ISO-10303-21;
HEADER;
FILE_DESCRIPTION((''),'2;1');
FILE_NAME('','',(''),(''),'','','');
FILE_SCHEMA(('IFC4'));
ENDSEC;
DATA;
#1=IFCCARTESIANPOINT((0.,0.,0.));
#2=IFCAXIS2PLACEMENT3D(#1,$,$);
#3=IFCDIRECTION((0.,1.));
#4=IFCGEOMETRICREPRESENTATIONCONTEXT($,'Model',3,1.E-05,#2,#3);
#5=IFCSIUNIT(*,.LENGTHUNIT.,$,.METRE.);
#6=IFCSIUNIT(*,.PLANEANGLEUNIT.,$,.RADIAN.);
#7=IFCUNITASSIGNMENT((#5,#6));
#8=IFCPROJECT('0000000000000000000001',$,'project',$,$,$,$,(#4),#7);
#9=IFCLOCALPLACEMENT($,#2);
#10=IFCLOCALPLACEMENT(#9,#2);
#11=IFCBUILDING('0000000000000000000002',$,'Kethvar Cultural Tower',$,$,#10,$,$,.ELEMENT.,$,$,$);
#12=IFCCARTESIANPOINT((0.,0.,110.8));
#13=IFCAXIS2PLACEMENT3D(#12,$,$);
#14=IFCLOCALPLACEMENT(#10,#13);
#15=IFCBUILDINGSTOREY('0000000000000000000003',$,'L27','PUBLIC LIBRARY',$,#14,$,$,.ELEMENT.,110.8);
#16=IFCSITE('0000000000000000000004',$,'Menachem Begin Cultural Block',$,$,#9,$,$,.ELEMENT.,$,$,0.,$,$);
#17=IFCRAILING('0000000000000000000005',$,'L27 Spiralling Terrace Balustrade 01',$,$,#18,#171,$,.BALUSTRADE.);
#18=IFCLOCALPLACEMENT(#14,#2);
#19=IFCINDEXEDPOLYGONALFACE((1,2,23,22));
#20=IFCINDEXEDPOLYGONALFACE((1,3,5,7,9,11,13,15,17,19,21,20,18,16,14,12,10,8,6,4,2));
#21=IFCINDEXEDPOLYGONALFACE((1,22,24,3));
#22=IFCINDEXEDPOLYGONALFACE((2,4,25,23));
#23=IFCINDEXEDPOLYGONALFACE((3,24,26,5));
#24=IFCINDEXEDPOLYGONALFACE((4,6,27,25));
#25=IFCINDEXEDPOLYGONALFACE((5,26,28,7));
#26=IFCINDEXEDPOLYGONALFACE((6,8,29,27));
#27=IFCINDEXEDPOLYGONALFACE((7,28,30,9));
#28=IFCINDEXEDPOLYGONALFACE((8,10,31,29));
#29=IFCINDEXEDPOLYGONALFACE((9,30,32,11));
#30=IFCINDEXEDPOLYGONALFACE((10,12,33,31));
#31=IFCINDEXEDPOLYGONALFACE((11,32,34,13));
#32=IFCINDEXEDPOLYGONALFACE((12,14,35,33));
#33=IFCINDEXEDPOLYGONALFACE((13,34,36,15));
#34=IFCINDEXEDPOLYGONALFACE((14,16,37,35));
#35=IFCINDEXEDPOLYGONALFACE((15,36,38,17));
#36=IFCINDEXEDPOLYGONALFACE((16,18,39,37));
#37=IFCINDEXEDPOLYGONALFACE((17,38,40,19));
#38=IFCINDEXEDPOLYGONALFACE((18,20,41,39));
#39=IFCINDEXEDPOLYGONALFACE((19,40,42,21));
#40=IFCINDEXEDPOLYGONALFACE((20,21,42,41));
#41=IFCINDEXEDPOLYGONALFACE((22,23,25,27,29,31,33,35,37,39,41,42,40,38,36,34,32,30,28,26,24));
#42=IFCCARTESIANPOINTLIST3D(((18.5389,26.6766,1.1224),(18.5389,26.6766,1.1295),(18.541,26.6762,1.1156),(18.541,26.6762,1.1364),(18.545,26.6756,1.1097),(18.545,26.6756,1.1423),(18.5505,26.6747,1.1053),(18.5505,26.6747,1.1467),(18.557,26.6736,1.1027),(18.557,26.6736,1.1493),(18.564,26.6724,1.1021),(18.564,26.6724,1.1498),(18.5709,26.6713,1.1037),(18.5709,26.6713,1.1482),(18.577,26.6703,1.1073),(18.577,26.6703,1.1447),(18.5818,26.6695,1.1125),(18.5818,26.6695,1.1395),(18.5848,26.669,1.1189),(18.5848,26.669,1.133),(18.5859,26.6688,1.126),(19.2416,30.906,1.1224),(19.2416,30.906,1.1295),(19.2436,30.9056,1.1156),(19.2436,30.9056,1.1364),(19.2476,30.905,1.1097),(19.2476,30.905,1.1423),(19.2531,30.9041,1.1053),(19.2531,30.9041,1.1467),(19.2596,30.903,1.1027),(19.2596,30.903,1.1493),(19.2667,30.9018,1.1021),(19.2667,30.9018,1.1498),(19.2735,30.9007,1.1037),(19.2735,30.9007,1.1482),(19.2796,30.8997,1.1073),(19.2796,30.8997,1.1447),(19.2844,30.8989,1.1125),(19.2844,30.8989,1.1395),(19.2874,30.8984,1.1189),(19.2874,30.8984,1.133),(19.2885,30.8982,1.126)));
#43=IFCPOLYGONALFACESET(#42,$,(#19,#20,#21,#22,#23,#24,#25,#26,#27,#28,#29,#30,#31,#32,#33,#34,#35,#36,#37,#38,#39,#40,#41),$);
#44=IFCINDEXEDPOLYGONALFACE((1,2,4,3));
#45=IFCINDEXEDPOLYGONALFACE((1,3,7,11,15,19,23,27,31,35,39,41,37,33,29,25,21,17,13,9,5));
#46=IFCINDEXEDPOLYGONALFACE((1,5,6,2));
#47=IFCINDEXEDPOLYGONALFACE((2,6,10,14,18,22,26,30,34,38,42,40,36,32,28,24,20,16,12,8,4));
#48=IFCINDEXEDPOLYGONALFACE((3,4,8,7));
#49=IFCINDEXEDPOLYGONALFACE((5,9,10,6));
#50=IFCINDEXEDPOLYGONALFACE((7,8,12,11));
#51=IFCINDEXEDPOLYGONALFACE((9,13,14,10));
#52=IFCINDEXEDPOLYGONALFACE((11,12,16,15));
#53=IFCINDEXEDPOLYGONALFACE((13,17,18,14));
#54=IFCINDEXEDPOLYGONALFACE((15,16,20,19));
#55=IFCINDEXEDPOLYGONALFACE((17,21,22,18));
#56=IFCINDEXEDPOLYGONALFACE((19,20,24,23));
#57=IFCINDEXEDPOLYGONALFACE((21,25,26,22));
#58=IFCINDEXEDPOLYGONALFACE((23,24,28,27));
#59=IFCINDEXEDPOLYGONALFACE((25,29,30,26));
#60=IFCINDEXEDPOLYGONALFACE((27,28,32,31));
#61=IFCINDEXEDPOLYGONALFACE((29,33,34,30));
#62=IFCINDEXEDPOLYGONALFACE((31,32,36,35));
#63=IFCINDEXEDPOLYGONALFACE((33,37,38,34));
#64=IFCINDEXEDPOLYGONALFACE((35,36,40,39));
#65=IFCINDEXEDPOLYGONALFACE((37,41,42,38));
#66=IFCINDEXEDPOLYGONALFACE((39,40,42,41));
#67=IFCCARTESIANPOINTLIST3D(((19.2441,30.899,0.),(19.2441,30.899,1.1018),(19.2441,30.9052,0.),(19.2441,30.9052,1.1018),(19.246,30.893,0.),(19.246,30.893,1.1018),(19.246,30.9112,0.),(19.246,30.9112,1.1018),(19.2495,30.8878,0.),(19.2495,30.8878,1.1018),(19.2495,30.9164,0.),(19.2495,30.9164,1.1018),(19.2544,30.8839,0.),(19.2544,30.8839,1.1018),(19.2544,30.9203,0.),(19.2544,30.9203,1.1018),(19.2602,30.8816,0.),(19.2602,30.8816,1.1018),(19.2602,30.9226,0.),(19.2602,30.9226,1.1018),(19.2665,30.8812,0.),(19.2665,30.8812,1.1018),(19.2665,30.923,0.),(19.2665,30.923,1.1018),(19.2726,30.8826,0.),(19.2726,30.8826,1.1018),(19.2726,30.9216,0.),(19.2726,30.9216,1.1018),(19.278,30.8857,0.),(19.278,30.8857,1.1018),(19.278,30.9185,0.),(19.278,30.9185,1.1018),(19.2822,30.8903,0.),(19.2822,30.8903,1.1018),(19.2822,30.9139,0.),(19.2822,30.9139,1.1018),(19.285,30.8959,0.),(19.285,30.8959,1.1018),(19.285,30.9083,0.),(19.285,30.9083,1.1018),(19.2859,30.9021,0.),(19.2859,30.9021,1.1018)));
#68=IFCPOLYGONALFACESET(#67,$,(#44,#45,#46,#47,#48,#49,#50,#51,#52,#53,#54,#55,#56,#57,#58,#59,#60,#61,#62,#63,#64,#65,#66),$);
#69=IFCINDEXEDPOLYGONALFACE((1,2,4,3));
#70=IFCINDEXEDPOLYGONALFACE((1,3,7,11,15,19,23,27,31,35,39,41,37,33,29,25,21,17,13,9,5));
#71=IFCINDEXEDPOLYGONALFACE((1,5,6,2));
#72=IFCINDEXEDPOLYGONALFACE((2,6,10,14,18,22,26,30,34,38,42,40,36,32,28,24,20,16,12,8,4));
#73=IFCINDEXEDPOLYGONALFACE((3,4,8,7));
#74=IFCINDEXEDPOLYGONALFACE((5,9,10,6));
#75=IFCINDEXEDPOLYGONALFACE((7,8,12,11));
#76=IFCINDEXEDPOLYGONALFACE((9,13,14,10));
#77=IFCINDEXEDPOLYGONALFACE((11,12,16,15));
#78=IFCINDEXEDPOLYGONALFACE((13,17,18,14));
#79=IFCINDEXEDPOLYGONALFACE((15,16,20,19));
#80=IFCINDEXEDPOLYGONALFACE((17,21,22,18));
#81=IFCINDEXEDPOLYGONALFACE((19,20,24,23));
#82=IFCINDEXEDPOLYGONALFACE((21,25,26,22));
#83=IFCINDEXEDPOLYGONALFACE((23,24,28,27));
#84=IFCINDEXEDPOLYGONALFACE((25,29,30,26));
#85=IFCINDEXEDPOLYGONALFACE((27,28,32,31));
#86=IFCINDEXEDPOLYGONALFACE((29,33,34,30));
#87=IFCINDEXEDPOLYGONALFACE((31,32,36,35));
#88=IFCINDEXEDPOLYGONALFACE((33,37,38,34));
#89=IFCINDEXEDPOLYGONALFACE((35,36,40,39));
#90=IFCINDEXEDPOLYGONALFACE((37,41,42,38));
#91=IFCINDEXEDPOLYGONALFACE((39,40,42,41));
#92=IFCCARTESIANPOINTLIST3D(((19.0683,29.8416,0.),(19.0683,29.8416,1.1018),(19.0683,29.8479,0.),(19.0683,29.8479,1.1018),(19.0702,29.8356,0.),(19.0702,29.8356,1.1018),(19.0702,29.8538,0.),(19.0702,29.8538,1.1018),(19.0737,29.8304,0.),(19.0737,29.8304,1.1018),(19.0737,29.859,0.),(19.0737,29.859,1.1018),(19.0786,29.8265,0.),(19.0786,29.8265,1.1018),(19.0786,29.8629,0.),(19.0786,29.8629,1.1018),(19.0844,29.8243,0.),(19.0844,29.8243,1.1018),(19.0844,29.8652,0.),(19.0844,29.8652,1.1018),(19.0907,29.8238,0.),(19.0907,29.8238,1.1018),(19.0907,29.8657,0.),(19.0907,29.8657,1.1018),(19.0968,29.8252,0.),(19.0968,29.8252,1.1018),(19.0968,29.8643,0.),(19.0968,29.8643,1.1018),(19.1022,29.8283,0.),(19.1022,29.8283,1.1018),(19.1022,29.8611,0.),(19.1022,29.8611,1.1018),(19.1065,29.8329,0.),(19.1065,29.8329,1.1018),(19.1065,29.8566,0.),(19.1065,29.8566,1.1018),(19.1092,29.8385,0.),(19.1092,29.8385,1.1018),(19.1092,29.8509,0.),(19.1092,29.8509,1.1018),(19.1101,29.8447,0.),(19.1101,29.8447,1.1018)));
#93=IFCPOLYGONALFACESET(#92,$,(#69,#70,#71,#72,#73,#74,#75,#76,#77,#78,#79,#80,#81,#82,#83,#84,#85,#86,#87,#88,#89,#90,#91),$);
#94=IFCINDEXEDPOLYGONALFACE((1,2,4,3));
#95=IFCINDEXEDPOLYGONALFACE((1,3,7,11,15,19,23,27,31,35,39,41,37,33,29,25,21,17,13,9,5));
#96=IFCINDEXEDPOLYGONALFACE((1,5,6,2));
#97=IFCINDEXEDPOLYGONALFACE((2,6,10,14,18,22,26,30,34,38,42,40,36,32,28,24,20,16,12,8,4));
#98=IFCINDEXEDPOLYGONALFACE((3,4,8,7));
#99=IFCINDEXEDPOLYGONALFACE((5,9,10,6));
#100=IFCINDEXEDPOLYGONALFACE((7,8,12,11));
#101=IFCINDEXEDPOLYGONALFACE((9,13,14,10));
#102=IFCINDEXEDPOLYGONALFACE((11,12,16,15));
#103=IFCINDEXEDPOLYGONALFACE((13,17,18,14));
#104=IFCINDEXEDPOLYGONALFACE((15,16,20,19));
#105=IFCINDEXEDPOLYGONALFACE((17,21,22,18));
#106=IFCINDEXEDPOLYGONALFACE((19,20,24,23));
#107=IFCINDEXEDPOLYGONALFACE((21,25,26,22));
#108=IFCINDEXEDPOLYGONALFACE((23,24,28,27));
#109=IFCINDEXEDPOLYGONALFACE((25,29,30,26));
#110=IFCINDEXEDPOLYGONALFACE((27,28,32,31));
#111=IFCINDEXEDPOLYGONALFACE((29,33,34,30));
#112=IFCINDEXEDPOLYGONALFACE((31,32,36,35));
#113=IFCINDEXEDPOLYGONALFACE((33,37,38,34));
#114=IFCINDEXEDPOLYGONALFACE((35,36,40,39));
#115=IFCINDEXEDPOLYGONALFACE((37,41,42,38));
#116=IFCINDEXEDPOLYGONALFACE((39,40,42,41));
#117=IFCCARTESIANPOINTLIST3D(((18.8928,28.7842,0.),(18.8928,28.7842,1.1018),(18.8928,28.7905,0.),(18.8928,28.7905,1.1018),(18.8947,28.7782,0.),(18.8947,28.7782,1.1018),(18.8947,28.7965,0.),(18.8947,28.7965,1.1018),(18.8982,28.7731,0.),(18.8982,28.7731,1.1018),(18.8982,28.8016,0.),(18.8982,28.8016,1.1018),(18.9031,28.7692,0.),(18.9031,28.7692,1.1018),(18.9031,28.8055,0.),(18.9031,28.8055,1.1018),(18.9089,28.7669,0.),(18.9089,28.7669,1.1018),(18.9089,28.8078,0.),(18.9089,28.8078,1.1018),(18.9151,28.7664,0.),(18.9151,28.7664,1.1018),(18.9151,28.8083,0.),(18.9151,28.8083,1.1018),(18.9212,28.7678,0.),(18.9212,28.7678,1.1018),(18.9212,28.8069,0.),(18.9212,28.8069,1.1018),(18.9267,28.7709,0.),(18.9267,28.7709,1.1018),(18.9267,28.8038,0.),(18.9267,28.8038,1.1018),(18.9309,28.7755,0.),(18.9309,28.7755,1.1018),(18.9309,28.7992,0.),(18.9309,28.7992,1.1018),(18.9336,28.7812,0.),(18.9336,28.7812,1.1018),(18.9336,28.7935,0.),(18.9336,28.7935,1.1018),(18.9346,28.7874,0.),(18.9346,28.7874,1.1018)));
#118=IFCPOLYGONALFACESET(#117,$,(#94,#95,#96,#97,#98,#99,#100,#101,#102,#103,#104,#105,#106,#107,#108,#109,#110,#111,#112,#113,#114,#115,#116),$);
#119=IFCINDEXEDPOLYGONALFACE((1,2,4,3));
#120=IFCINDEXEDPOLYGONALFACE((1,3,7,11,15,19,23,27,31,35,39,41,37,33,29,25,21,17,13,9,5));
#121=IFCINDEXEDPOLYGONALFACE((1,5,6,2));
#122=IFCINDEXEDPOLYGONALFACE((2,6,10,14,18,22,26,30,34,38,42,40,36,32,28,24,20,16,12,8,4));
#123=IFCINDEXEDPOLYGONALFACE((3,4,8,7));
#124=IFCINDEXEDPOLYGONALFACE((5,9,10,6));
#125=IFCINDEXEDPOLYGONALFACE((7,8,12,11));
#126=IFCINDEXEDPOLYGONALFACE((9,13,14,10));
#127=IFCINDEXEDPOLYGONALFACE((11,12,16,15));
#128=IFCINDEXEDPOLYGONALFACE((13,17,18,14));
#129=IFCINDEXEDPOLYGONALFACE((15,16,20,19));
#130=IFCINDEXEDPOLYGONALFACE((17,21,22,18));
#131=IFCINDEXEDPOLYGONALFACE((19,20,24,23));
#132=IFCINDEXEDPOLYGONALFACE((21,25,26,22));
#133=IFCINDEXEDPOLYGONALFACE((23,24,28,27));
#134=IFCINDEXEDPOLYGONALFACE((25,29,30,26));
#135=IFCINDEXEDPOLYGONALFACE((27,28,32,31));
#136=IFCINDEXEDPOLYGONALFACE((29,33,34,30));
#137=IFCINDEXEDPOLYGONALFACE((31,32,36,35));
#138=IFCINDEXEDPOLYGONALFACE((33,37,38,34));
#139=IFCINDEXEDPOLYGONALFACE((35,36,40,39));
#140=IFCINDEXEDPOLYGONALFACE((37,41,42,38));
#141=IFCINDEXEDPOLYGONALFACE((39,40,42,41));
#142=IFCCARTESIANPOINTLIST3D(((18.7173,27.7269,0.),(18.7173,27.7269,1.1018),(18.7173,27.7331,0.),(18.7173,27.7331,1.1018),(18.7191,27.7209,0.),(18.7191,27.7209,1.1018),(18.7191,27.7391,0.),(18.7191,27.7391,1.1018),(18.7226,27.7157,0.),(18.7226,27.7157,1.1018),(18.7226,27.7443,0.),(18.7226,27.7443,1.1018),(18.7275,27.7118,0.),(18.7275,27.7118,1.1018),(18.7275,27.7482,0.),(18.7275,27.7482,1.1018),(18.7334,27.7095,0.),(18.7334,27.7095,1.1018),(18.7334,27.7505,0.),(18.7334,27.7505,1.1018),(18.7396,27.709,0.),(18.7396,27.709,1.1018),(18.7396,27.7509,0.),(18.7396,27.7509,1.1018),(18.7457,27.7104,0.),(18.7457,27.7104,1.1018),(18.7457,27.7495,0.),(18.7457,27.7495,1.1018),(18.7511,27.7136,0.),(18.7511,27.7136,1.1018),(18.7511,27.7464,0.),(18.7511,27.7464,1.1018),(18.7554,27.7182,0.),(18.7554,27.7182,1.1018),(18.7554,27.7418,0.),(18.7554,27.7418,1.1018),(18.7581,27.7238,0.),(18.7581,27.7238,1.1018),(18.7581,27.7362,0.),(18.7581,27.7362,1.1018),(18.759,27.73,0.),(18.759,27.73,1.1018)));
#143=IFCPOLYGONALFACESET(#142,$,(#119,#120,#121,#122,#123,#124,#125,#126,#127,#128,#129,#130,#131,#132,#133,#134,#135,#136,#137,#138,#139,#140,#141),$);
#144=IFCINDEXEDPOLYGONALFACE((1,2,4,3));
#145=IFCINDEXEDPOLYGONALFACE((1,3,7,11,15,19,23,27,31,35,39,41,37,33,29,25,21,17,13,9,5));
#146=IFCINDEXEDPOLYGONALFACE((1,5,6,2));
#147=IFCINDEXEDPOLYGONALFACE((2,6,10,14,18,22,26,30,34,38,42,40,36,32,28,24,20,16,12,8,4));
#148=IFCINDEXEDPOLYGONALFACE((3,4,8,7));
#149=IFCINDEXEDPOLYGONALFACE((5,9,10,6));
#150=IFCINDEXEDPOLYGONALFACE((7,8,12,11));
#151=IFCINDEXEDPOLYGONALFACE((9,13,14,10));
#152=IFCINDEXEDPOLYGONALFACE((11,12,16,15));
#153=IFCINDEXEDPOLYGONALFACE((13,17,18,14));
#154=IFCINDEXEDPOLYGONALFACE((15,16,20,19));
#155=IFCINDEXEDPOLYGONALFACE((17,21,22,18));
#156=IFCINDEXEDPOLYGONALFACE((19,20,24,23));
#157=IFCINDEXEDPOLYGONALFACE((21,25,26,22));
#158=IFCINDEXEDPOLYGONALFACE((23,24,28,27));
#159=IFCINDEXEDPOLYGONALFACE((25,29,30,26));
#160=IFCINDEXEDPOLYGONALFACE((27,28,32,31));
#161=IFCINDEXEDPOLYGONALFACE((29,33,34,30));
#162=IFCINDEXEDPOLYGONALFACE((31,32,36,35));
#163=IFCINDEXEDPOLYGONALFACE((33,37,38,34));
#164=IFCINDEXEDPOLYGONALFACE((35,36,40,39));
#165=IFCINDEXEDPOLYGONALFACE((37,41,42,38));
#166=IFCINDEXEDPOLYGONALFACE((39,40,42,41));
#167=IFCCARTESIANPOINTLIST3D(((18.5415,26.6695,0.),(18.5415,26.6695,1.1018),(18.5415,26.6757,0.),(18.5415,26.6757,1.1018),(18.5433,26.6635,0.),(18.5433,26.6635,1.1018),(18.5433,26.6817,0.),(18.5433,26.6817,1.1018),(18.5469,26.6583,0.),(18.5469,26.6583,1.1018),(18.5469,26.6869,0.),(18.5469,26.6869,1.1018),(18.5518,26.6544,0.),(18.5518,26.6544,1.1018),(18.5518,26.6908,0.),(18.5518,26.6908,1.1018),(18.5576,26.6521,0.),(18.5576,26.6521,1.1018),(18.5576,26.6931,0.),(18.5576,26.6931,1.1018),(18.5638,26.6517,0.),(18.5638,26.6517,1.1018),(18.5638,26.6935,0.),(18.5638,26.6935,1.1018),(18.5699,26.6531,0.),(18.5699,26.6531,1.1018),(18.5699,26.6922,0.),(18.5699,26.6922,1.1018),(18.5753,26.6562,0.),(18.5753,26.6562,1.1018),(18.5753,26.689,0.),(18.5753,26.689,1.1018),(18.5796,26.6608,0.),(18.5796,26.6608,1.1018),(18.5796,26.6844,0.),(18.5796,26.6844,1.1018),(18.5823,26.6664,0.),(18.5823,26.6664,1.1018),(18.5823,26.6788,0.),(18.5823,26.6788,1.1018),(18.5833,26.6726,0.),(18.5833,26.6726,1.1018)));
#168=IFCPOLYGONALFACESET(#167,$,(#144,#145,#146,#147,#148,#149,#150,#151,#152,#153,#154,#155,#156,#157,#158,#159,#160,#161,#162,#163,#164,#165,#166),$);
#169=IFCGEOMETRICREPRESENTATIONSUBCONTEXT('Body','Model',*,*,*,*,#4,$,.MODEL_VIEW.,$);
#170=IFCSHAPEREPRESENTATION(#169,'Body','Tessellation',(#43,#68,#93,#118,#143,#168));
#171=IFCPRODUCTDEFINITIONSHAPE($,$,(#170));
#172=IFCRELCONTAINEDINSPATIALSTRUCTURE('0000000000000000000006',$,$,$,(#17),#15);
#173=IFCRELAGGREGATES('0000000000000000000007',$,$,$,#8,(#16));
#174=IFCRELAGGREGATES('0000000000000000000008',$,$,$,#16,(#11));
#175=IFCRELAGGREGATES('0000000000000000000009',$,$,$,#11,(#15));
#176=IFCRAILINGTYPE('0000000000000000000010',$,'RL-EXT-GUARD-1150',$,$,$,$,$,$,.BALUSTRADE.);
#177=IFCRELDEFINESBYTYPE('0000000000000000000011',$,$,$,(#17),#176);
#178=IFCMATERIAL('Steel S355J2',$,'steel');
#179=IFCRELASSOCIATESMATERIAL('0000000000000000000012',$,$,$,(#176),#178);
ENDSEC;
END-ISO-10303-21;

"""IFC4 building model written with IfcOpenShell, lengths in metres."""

from ifc_helpers import new_model, si_unit, direction, frame, origin, origin_2d, place, context, subcontext, project, spatial, circle, extrude, material, type_object, element, save


model = new_model("IFC4")

# Units and contexts
model_context = context("Model", 3, precision=1e-05, world=origin(), true_north=direction((0.0, 1.0)))
body_context = subcontext(model_context, "Body", "Model", "MODEL_VIEW")
ifc_project = project(units=[si_unit("LENGTHUNIT", "METRE"), si_unit("PLANEANGLEUNIT", "RADIAN")], contexts=[model_context])

# Site, building, storey
site_placement = place(None, origin())
site = spatial("IfcSite", under=ifc_project, at=site_placement, Name="Menachem Begin Cultural Block", CompositionType="ELEMENT", RefElevation=0.0)
building_placement = place(site_placement, origin())
building = spatial("IfcBuilding", under=site, at=building_placement, Name="Kethvar Cultural Tower", CompositionType="ELEMENT")
storey_placement = place(building_placement, frame((0.0, 0.0, 110.8)))
storey = spatial("IfcBuildingStorey", under=building, at=storey_placement, Name="L27", Description="PUBLIC LIBRARY", CompositionType="ELEMENT", Elevation=110.8)

# Shared definitions
ifc_material_1 = material(Name="Steel S355J2", Category="steel")

# Railing
railing_type = type_object("IfcRailingType", Name="RL-EXT-GUARD-1150", PredefinedType="BALUSTRADE", material=ifc_material_1)
railing_1_placement = place(storey_placement, frame((19.2649, 30.9021, 0.0)))
element("IfcRailing", 1, at=railing_1_placement, inside=storey, type_object=railing_type, Name="L27 Spiralling Terrace Balustrade 01", PredefinedType="BALUSTRADE", context=body_context, shape_type="SweptSolid", body=[
    extrude(circle(Radius=0.0239, at=origin_2d()), frame((0.0, 0.0, 1.126), z_axis=(-0.163882, -0.98648, 0.0), x_axis=(0.98648, -0.163882, 0.0)), (0.0, 0.0, 1.0), 4.2874),
    extrude(circle(Radius=0.021, at=origin_2d()), origin(), (0.0, 0.0, 1.0), 1.1018),
    extrude(circle(Radius=0.021, at=origin_2d()), frame((-0.1758, -1.0574, 0.0)), (0.0, 0.0, 1.0), 1.1018),
    extrude(circle(Radius=0.021, at=origin_2d()), frame((-0.3513, -2.1147, 0.0)), (0.0, 0.0, 1.0), 1.1018),
    extrude(circle(Radius=0.021, at=origin_2d()), frame((-0.5269, -3.1721, 0.0)), (0.0, 0.0, 1.0), 1.1018),
    extrude(circle(Radius=0.021, at=origin_2d()), frame((-0.7026, -4.2295, 0.0)), (0.0, 0.0, 1.0), 1.1018),
])

save(model, "model.ifc")
